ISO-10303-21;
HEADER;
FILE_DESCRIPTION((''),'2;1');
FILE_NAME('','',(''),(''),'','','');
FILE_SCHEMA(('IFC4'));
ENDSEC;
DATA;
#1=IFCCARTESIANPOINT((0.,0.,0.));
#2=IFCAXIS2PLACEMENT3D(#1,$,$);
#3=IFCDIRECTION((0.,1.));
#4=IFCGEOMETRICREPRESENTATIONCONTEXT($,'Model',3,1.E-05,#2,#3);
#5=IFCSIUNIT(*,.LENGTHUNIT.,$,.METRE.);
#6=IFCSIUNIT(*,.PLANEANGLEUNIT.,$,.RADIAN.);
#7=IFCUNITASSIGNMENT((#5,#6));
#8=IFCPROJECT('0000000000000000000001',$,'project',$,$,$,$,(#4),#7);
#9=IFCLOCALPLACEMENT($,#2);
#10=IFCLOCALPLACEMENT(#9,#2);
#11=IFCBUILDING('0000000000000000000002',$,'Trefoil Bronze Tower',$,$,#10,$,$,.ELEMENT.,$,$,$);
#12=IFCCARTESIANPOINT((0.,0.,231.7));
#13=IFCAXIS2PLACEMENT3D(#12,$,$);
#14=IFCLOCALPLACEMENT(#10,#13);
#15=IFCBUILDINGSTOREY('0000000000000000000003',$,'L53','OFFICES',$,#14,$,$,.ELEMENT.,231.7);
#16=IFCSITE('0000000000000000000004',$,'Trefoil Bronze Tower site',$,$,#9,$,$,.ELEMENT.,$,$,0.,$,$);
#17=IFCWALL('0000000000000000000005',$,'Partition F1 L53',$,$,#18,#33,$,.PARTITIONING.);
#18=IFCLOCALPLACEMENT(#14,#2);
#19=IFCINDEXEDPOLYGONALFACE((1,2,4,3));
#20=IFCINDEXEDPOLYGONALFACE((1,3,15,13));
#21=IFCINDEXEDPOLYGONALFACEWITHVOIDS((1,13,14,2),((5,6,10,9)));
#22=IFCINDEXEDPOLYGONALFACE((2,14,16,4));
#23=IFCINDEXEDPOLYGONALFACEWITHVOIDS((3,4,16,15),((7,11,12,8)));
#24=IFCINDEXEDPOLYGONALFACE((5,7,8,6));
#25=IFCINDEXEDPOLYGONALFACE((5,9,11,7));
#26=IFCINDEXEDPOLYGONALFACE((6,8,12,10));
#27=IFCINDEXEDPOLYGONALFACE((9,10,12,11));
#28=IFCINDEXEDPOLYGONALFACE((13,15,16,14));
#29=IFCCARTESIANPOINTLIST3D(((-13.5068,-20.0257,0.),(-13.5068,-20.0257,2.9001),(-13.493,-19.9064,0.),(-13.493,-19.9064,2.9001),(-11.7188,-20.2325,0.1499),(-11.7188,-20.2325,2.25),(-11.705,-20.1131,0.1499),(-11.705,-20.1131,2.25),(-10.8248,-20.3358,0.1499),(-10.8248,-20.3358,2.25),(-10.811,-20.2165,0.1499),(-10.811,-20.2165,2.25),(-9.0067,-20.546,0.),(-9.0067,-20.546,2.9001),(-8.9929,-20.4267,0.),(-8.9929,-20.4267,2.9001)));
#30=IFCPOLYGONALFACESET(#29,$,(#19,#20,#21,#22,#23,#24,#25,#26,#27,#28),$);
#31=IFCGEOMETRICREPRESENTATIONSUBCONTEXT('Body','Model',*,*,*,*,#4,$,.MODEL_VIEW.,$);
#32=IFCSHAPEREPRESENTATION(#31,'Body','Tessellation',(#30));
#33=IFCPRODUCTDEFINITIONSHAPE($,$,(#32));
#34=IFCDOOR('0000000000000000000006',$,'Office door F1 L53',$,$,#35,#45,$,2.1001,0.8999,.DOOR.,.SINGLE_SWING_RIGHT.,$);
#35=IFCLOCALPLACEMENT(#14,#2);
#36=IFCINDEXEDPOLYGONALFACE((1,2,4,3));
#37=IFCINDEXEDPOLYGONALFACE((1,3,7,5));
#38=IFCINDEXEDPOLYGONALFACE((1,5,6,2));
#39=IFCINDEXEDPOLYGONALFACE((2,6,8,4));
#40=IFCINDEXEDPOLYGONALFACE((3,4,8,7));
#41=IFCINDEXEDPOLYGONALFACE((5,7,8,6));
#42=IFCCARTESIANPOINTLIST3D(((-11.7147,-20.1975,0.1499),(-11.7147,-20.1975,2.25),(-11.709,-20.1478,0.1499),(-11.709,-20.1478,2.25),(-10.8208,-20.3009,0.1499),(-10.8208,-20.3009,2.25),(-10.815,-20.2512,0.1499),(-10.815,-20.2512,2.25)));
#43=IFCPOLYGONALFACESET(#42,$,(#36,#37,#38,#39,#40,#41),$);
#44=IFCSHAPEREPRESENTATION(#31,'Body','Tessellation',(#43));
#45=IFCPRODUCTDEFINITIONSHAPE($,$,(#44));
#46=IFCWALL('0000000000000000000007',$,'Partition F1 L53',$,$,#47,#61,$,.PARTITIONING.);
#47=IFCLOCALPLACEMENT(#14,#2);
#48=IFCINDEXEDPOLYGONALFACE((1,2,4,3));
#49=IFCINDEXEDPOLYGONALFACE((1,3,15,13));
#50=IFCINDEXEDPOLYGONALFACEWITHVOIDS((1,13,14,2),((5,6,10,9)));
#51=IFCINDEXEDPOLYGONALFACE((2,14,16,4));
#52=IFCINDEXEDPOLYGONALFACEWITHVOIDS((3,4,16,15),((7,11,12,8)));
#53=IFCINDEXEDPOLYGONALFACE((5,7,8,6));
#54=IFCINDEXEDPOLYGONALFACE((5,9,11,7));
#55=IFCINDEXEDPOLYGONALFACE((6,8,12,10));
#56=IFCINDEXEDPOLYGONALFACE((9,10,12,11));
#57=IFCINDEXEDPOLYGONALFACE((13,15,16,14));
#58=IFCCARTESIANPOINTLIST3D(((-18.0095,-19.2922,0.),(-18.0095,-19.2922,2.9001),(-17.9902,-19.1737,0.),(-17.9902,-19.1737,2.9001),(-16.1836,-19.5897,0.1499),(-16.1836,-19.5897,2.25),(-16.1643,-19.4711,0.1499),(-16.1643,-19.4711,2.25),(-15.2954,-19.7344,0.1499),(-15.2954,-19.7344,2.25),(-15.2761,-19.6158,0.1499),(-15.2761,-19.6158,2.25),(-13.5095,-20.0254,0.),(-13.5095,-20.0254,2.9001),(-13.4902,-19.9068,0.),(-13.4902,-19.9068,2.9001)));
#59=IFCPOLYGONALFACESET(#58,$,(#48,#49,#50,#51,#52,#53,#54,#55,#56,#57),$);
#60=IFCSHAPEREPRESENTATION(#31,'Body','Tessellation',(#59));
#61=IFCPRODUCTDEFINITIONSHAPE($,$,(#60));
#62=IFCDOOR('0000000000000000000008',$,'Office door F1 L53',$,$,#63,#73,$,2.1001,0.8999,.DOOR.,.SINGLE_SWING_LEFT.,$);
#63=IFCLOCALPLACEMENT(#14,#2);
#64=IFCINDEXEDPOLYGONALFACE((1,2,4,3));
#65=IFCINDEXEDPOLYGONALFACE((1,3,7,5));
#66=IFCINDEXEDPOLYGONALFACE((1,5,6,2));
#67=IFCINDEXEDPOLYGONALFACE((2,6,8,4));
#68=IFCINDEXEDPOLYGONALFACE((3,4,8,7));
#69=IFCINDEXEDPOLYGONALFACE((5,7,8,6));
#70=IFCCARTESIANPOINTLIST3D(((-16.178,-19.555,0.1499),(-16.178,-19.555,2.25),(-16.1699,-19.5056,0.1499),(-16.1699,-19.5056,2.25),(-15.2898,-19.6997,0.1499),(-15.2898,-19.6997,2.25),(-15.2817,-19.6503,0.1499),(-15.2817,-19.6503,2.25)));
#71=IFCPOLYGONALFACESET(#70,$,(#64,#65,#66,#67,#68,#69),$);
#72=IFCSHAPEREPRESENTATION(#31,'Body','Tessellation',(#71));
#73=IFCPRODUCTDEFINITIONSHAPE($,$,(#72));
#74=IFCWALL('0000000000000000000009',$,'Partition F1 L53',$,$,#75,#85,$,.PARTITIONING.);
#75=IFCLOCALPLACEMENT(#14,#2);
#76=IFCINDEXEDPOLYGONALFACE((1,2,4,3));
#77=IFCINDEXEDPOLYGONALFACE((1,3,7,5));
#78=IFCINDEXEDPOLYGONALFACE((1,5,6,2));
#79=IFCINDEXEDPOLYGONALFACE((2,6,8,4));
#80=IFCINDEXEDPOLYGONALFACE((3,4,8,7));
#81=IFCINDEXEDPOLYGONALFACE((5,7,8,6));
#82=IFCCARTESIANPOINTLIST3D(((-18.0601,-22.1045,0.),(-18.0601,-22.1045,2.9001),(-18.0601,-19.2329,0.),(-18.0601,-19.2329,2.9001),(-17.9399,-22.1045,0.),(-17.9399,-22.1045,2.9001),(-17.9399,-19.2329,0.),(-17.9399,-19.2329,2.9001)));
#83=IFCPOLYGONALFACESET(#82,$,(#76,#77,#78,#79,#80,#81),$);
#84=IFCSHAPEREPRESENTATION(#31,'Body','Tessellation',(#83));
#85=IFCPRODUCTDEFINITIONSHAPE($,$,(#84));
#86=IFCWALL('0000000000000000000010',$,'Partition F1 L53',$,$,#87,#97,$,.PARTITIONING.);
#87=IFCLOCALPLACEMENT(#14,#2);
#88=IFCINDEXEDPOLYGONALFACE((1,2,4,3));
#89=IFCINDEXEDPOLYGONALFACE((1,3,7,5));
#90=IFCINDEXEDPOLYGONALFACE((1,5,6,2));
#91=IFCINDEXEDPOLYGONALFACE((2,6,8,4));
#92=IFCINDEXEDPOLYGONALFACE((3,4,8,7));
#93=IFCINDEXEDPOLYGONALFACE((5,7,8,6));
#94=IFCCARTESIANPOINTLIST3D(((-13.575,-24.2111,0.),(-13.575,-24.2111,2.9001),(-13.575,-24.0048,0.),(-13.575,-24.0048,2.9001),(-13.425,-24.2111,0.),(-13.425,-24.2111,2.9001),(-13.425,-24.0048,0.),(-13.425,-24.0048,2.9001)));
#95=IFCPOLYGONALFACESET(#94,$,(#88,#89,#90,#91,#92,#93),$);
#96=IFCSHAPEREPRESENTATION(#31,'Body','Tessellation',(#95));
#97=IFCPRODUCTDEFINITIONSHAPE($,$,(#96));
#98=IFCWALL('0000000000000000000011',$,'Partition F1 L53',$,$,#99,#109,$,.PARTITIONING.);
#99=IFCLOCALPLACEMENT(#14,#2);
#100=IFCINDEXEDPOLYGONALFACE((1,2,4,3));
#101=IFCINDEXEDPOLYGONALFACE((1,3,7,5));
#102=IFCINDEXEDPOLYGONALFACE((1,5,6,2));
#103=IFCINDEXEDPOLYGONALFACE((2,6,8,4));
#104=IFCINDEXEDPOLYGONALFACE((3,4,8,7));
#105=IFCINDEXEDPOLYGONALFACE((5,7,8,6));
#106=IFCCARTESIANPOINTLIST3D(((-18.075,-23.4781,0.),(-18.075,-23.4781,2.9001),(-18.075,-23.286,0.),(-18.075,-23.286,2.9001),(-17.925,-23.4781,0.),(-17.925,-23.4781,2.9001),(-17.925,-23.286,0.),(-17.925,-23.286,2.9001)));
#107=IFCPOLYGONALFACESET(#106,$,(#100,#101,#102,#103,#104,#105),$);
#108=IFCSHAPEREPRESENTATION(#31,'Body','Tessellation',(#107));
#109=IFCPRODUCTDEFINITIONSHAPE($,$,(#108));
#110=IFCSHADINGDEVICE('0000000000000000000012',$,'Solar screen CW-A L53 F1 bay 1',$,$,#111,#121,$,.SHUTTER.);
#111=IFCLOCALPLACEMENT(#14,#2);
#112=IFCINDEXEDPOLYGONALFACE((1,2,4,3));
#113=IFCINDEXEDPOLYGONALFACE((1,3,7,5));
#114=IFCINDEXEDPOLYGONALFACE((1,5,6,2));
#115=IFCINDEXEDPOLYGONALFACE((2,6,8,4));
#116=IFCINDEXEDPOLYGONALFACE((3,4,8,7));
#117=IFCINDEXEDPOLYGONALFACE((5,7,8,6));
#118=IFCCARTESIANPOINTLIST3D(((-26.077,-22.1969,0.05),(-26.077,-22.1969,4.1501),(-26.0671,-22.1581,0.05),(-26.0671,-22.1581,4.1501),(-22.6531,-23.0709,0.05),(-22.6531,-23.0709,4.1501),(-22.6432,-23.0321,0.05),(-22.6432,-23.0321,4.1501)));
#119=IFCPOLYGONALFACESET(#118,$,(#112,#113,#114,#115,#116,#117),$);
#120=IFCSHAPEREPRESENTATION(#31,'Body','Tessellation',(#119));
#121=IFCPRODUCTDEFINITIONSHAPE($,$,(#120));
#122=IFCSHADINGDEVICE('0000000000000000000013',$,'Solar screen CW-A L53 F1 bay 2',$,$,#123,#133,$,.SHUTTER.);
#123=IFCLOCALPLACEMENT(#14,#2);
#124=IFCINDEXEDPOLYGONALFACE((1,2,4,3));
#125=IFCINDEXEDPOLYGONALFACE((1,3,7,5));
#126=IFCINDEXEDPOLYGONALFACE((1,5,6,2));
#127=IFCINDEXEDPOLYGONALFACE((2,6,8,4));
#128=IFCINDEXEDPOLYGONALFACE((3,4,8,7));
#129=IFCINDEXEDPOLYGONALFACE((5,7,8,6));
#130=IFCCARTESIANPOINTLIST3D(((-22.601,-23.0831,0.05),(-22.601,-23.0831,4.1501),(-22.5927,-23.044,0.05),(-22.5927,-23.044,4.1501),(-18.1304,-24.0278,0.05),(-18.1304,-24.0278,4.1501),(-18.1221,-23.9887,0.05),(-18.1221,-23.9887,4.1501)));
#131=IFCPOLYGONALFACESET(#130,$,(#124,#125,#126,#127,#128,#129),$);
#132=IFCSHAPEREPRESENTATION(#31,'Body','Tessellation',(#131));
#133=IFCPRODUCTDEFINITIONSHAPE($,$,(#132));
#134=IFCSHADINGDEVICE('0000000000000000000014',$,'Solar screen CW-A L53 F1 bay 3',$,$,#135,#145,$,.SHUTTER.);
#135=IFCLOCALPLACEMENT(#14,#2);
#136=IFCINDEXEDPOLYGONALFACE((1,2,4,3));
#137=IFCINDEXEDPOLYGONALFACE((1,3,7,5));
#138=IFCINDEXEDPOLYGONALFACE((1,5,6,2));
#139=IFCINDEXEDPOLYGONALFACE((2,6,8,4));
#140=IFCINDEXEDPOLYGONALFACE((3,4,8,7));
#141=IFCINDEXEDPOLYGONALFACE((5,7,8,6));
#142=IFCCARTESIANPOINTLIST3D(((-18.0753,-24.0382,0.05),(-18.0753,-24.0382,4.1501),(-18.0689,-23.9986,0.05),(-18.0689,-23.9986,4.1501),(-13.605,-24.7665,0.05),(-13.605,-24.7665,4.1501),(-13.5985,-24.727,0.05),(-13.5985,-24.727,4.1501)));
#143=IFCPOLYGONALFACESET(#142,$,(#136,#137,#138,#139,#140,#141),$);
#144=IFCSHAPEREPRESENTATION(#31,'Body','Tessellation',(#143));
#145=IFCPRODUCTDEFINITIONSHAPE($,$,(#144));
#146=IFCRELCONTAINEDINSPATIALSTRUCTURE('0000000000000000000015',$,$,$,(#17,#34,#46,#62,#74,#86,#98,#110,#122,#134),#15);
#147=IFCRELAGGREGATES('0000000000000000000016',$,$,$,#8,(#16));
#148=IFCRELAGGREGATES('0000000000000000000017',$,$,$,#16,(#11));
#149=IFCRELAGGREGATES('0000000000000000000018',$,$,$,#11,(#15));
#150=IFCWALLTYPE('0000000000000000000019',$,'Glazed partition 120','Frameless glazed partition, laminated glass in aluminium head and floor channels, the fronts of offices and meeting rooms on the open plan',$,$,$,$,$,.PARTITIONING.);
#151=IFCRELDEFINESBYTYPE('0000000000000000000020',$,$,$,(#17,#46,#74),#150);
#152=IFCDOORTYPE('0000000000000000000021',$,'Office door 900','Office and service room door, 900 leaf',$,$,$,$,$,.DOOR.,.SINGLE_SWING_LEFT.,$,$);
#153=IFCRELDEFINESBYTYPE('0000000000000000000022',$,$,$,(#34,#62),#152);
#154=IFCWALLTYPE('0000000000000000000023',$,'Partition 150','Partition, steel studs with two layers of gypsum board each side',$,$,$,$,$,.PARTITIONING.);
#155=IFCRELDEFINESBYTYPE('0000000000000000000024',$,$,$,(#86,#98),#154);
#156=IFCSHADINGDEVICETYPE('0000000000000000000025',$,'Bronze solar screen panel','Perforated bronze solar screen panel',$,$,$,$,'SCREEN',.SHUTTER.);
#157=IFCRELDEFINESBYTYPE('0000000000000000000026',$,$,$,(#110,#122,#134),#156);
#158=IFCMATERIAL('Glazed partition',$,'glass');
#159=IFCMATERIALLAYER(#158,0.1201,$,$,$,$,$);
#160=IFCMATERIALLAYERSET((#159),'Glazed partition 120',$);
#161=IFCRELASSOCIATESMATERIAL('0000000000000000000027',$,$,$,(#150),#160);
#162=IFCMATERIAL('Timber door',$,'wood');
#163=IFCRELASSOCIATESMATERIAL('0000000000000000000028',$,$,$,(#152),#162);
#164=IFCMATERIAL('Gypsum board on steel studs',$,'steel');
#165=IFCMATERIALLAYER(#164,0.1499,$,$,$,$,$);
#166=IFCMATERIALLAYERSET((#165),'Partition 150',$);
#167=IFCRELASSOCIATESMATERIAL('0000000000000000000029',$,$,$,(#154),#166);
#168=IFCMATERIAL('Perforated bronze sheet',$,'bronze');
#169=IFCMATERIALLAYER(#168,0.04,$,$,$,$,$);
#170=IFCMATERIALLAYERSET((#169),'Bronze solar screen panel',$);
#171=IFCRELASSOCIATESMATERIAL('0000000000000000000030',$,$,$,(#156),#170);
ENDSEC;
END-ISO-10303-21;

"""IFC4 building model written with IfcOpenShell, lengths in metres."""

from ifc_helpers import new_model, si_unit, direction, frame, frame_2d, origin, origin_2d, place, context, subcontext, project, spatial, rectangle, extrude, material, layer, layer_set, type_object, element, fill, save


model = new_model("IFC4")

# Units and contexts
model_context = context("Model", 3, precision=1e-05, world=origin(), true_north=direction((0.0, 1.0)))
body_context = subcontext(model_context, "Body", "Model", "MODEL_VIEW")
ifc_project = project(units=[si_unit("LENGTHUNIT", "METRE"), si_unit("PLANEANGLEUNIT", "RADIAN")], contexts=[model_context])

# Site, building, storey
site_placement = place(None, origin())
site = spatial("IfcSite", under=ifc_project, at=site_placement, Name="Trefoil Bronze Tower site", CompositionType="ELEMENT", RefElevation=0.0)
building_placement = place(site_placement, origin())
building = spatial("IfcBuilding", under=site, at=building_placement, Name="Trefoil Bronze Tower", CompositionType="ELEMENT")
storey_placement = place(building_placement, frame((0.0, 0.0, 231.7)))
storey = spatial("IfcBuildingStorey", under=building, at=storey_placement, Name="L53", Description="OFFICES", CompositionType="ELEMENT", Elevation=231.7)

# Walls, openings, doors
ifc_material_1 = material(Name="Glazed partition", Category="glass")
ifc_layer_1 = layer(ifc_material_1, 0.1201)
ifc_layer_set_1 = layer_set([ifc_layer_1], Name="Glazed partition 120")
wall_type_1 = type_object("IfcWallType", Name="Glazed partition 120", Description="Frameless glazed partition, laminated glass in aluminium head and floor channels, the fronts of offices and meeting rooms on the open plan", PredefinedType="PARTITIONING", material=ifc_layer_set_1)
wall_1_placement = place(storey_placement, frame((-13.5, -19.9661, 0.0), z_axis=(0.0, 0.0, 1.0), x_axis=(0.993383, -0.114849, 0.0)))
wall_1 = element("IfcWall", 1, at=wall_1_placement, inside=storey, type_object=wall_type_1, Name="Partition F1 L53", PredefinedType="PARTITIONING", context=body_context, shape_type="SweptSolid", body=[
    extrude(rectangle(XDim=4.53, YDim=0.1201, at=frame_2d((2.2651, 0.0))), origin(), (0.0, 0.0, 1.0), 2.9001),
])
opening_1_placement = place(wall_1_placement, frame((1.8, 0.0, 0.1499)))
opening_1 = element("IfcOpeningElement", 2, at=opening_1_placement, cuts=wall_1, PredefinedType="OPENING", context=body_context, shape_type="SweptSolid", body=[
    extrude(rectangle(XDim=0.8999, YDim=2.1001, at=frame_2d((0.45, 1.05))), frame((0.0, 0.0701, 0.0), z_axis=(0.0, -1.0, 0.0), x_axis=(1.0, 0.0, 0.0)), (0.0, 0.0, 1.0), 0.1401),
])
ifc_material_2 = material(Name="Timber door", Category="wood")
door_type = type_object("IfcDoorType", Name="Office door 900", Description="Office and service room door, 900 leaf", OperationType="SINGLE_SWING_LEFT", PredefinedType="DOOR", material=ifc_material_2)
door_1_placement = place(opening_1_placement, frame((0.8999, 0.0, 0.0), z_axis=(0.0, 0.0, 1.0), x_axis=(-1.0, 0.0, 0.0)))
door_1 = element("IfcDoor", 3, at=door_1_placement, inside=storey, type_object=door_type, Name="Office door F1 L53", OperationType="SINGLE_SWING_RIGHT", OverallHeight=2.1001, OverallWidth=0.8999, PredefinedType="DOOR", context=body_context, shape_type="SweptSolid", body=[
    extrude(rectangle(XDim=0.8999, YDim=2.1001, at=frame_2d((0.45, 1.05))), frame((0.0, 0.0249, 0.0), z_axis=(0.0, -1.0, 0.0), x_axis=(1.0, 0.0, 0.0)), (0.0, 0.0, 1.0), 0.05),
])
fill(opening_1, door_1)
wall_2_placement = place(storey_placement, frame((-18.0, -19.2329, 0.0), z_axis=(0.0, 0.0, 1.0), x_axis=(0.986987, -0.160803, 0.0)))
wall_2 = element("IfcWall", 4, at=wall_2_placement, inside=storey, type_object=wall_type_1, Name="Partition F1 L53", PredefinedType="PARTITIONING", context=body_context, shape_type="SweptSolid", body=[
    extrude(rectangle(XDim=4.5593, YDim=0.1201, at=frame_2d((2.2798, 0.0))), origin(), (0.0, 0.0, 1.0), 2.9001),
])
opening_2_placement = place(wall_2_placement, frame((1.8501, 0.0, 0.1499)))
opening_2 = element("IfcOpeningElement", 5, at=opening_2_placement, cuts=wall_2, PredefinedType="OPENING", context=body_context, shape_type="SweptSolid", body=[
    extrude(rectangle(XDim=0.8999, YDim=2.1001, at=frame_2d((0.45, 1.05))), frame((0.0, 0.0701, 0.0), z_axis=(0.0, -1.0, 0.0), x_axis=(1.0, 0.0, 0.0)), (0.0, 0.0, 1.0), 0.1401),
])
door_2_placement = place(opening_2_placement, frame((0.8999, 0.0, 0.0), z_axis=(0.0, 0.0, 1.0), x_axis=(-1.0, 0.0, 0.0)))
door_2 = element("IfcDoor", 6, at=door_2_placement, inside=storey, type_object=door_type, Name="Office door F1 L53", OperationType="SINGLE_SWING_LEFT", OverallHeight=2.1001, OverallWidth=0.8999, PredefinedType="DOOR", context=body_context, shape_type="SweptSolid", body=[
    extrude(rectangle(XDim=0.8999, YDim=2.1001, at=frame_2d((0.45, 1.05))), frame((0.0, 0.0249, 0.0), z_axis=(0.0, -1.0, 0.0), x_axis=(1.0, 0.0, 0.0)), (0.0, 0.0, 1.0), 0.05),
])
fill(opening_2, door_2)

# Walls
wall_3_placement = place(storey_placement, frame((-18.0, -19.2329, 0.0), z_axis=(0.0, 0.0, 1.0), x_axis=(0.0, -1.0, 0.0)))
element("IfcWall", 7, at=wall_3_placement, inside=storey, type_object=wall_type_1, Name="Partition F1 L53", PredefinedType="PARTITIONING", context=body_context, shape_type="SweptSolid", body=[
    extrude(rectangle(XDim=2.8716, YDim=0.1201, at=frame_2d((1.4358, 0.0))), origin(), (0.0, 0.0, 1.0), 2.9001),
])
ifc_material_3 = material(Name="Gypsum board on steel studs", Category="steel")
ifc_layer_2 = layer(ifc_material_3, 0.1499)
ifc_layer_set_2 = layer_set([ifc_layer_2], Name="Partition 150")
wall_type_2 = type_object("IfcWallType", Name="Partition 150", Description="Partition, steel studs with two layers of gypsum board each side", PredefinedType="PARTITIONING", material=ifc_layer_set_2)
wall_4_placement = place(storey_placement, frame((-13.5, -24.0049, 0.0), z_axis=(0.0, 0.0, 1.0), x_axis=(0.0, -1.0, 0.0)))
element("IfcWall", 8, at=wall_4_placement, inside=storey, type_object=wall_type_2, Name="Partition F1 L53", PredefinedType="PARTITIONING", context=body_context, shape_type="SweptSolid", body=[
    extrude(rectangle(XDim=0.2063, YDim=0.1499, at=frame_2d((0.103, 0.0))), origin(), (0.0, 0.0, 1.0), 2.9001),
])
wall_5_placement = place(storey_placement, frame((-18.0, -23.2859, 0.0), z_axis=(0.0, 0.0, 1.0), x_axis=(0.0, -1.0, 0.0)))
element("IfcWall", 9, at=wall_5_placement, inside=storey, type_object=wall_type_2, Name="Partition F1 L53", PredefinedType="PARTITIONING", context=body_context, shape_type="SweptSolid", body=[
    extrude(rectangle(XDim=0.1921, YDim=0.1499, at=frame_2d((0.0962, 0.0))), origin(), (0.0, 0.0, 1.0), 2.9001),
])

# Shading devices
ifc_material_4 = material(Name="Perforated bronze sheet", Category="bronze")
ifc_layer_3 = layer(ifc_material_4, 0.04)
ifc_layer_set_3 = layer_set([ifc_layer_3], Name="Bronze solar screen panel")
shading_device_type = type_object("IfcShadingDeviceType", Name="Bronze solar screen panel", Description="Perforated bronze solar screen panel", ElementType="SCREEN", PredefinedType="SHUTTER", material=ifc_layer_set_3)
shading_device_1_placement = place(storey_placement, frame((-24.3601, -22.6145, 0.05), z_axis=(0.0, 0.0, 1.0), x_axis=(0.968934, -0.247319, 0.0)))
element("IfcShadingDevice", 10, at=shading_device_1_placement, inside=storey, type_object=shading_device_type, Name="Solar screen CW-A L53 F1 bay 1", PredefinedType="SHUTTER", context=body_context, shape_type="SweptSolid", body=[
    extrude(rectangle(XDim=3.5337, YDim=0.04, at=origin_2d()), origin(), (0.0, 0.0, 1.0), 4.1001),
])
shading_device_2_placement = place(storey_placement, frame((-20.3616, -23.5359, 0.05), z_axis=(0.0, 0.0, 1.0), x_axis=(0.978394, -0.206747, 0.0)))
element("IfcShadingDevice", 11, at=shading_device_2_placement, inside=storey, type_object=shading_device_type, Name="Solar screen CW-A L53 F1 bay 2", PredefinedType="SHUTTER", context=body_context, shape_type="SweptSolid", body=[
    extrude(rectangle(XDim=4.5693, YDim=0.04, at=origin_2d()), origin(), (0.0, 0.0, 1.0), 4.1001),
])
shading_device_3_placement = place(storey_placement, frame((-15.8369, -24.3826, 0.05), z_axis=(0.0, 0.0, 1.0), x_axis=(0.986987, -0.160803, 0.0)))
element("IfcShadingDevice", 12, at=shading_device_3_placement, inside=storey, type_object=shading_device_type, Name="Solar screen CW-A L53 F1 bay 3", PredefinedType="SHUTTER", context=body_context, shape_type="SweptSolid", body=[
    extrude(rectangle(XDim=4.5293, YDim=0.04, at=origin_2d()), origin(), (0.0, 0.0, 1.0), 4.1001),
])

save(model, "model.ifc")
